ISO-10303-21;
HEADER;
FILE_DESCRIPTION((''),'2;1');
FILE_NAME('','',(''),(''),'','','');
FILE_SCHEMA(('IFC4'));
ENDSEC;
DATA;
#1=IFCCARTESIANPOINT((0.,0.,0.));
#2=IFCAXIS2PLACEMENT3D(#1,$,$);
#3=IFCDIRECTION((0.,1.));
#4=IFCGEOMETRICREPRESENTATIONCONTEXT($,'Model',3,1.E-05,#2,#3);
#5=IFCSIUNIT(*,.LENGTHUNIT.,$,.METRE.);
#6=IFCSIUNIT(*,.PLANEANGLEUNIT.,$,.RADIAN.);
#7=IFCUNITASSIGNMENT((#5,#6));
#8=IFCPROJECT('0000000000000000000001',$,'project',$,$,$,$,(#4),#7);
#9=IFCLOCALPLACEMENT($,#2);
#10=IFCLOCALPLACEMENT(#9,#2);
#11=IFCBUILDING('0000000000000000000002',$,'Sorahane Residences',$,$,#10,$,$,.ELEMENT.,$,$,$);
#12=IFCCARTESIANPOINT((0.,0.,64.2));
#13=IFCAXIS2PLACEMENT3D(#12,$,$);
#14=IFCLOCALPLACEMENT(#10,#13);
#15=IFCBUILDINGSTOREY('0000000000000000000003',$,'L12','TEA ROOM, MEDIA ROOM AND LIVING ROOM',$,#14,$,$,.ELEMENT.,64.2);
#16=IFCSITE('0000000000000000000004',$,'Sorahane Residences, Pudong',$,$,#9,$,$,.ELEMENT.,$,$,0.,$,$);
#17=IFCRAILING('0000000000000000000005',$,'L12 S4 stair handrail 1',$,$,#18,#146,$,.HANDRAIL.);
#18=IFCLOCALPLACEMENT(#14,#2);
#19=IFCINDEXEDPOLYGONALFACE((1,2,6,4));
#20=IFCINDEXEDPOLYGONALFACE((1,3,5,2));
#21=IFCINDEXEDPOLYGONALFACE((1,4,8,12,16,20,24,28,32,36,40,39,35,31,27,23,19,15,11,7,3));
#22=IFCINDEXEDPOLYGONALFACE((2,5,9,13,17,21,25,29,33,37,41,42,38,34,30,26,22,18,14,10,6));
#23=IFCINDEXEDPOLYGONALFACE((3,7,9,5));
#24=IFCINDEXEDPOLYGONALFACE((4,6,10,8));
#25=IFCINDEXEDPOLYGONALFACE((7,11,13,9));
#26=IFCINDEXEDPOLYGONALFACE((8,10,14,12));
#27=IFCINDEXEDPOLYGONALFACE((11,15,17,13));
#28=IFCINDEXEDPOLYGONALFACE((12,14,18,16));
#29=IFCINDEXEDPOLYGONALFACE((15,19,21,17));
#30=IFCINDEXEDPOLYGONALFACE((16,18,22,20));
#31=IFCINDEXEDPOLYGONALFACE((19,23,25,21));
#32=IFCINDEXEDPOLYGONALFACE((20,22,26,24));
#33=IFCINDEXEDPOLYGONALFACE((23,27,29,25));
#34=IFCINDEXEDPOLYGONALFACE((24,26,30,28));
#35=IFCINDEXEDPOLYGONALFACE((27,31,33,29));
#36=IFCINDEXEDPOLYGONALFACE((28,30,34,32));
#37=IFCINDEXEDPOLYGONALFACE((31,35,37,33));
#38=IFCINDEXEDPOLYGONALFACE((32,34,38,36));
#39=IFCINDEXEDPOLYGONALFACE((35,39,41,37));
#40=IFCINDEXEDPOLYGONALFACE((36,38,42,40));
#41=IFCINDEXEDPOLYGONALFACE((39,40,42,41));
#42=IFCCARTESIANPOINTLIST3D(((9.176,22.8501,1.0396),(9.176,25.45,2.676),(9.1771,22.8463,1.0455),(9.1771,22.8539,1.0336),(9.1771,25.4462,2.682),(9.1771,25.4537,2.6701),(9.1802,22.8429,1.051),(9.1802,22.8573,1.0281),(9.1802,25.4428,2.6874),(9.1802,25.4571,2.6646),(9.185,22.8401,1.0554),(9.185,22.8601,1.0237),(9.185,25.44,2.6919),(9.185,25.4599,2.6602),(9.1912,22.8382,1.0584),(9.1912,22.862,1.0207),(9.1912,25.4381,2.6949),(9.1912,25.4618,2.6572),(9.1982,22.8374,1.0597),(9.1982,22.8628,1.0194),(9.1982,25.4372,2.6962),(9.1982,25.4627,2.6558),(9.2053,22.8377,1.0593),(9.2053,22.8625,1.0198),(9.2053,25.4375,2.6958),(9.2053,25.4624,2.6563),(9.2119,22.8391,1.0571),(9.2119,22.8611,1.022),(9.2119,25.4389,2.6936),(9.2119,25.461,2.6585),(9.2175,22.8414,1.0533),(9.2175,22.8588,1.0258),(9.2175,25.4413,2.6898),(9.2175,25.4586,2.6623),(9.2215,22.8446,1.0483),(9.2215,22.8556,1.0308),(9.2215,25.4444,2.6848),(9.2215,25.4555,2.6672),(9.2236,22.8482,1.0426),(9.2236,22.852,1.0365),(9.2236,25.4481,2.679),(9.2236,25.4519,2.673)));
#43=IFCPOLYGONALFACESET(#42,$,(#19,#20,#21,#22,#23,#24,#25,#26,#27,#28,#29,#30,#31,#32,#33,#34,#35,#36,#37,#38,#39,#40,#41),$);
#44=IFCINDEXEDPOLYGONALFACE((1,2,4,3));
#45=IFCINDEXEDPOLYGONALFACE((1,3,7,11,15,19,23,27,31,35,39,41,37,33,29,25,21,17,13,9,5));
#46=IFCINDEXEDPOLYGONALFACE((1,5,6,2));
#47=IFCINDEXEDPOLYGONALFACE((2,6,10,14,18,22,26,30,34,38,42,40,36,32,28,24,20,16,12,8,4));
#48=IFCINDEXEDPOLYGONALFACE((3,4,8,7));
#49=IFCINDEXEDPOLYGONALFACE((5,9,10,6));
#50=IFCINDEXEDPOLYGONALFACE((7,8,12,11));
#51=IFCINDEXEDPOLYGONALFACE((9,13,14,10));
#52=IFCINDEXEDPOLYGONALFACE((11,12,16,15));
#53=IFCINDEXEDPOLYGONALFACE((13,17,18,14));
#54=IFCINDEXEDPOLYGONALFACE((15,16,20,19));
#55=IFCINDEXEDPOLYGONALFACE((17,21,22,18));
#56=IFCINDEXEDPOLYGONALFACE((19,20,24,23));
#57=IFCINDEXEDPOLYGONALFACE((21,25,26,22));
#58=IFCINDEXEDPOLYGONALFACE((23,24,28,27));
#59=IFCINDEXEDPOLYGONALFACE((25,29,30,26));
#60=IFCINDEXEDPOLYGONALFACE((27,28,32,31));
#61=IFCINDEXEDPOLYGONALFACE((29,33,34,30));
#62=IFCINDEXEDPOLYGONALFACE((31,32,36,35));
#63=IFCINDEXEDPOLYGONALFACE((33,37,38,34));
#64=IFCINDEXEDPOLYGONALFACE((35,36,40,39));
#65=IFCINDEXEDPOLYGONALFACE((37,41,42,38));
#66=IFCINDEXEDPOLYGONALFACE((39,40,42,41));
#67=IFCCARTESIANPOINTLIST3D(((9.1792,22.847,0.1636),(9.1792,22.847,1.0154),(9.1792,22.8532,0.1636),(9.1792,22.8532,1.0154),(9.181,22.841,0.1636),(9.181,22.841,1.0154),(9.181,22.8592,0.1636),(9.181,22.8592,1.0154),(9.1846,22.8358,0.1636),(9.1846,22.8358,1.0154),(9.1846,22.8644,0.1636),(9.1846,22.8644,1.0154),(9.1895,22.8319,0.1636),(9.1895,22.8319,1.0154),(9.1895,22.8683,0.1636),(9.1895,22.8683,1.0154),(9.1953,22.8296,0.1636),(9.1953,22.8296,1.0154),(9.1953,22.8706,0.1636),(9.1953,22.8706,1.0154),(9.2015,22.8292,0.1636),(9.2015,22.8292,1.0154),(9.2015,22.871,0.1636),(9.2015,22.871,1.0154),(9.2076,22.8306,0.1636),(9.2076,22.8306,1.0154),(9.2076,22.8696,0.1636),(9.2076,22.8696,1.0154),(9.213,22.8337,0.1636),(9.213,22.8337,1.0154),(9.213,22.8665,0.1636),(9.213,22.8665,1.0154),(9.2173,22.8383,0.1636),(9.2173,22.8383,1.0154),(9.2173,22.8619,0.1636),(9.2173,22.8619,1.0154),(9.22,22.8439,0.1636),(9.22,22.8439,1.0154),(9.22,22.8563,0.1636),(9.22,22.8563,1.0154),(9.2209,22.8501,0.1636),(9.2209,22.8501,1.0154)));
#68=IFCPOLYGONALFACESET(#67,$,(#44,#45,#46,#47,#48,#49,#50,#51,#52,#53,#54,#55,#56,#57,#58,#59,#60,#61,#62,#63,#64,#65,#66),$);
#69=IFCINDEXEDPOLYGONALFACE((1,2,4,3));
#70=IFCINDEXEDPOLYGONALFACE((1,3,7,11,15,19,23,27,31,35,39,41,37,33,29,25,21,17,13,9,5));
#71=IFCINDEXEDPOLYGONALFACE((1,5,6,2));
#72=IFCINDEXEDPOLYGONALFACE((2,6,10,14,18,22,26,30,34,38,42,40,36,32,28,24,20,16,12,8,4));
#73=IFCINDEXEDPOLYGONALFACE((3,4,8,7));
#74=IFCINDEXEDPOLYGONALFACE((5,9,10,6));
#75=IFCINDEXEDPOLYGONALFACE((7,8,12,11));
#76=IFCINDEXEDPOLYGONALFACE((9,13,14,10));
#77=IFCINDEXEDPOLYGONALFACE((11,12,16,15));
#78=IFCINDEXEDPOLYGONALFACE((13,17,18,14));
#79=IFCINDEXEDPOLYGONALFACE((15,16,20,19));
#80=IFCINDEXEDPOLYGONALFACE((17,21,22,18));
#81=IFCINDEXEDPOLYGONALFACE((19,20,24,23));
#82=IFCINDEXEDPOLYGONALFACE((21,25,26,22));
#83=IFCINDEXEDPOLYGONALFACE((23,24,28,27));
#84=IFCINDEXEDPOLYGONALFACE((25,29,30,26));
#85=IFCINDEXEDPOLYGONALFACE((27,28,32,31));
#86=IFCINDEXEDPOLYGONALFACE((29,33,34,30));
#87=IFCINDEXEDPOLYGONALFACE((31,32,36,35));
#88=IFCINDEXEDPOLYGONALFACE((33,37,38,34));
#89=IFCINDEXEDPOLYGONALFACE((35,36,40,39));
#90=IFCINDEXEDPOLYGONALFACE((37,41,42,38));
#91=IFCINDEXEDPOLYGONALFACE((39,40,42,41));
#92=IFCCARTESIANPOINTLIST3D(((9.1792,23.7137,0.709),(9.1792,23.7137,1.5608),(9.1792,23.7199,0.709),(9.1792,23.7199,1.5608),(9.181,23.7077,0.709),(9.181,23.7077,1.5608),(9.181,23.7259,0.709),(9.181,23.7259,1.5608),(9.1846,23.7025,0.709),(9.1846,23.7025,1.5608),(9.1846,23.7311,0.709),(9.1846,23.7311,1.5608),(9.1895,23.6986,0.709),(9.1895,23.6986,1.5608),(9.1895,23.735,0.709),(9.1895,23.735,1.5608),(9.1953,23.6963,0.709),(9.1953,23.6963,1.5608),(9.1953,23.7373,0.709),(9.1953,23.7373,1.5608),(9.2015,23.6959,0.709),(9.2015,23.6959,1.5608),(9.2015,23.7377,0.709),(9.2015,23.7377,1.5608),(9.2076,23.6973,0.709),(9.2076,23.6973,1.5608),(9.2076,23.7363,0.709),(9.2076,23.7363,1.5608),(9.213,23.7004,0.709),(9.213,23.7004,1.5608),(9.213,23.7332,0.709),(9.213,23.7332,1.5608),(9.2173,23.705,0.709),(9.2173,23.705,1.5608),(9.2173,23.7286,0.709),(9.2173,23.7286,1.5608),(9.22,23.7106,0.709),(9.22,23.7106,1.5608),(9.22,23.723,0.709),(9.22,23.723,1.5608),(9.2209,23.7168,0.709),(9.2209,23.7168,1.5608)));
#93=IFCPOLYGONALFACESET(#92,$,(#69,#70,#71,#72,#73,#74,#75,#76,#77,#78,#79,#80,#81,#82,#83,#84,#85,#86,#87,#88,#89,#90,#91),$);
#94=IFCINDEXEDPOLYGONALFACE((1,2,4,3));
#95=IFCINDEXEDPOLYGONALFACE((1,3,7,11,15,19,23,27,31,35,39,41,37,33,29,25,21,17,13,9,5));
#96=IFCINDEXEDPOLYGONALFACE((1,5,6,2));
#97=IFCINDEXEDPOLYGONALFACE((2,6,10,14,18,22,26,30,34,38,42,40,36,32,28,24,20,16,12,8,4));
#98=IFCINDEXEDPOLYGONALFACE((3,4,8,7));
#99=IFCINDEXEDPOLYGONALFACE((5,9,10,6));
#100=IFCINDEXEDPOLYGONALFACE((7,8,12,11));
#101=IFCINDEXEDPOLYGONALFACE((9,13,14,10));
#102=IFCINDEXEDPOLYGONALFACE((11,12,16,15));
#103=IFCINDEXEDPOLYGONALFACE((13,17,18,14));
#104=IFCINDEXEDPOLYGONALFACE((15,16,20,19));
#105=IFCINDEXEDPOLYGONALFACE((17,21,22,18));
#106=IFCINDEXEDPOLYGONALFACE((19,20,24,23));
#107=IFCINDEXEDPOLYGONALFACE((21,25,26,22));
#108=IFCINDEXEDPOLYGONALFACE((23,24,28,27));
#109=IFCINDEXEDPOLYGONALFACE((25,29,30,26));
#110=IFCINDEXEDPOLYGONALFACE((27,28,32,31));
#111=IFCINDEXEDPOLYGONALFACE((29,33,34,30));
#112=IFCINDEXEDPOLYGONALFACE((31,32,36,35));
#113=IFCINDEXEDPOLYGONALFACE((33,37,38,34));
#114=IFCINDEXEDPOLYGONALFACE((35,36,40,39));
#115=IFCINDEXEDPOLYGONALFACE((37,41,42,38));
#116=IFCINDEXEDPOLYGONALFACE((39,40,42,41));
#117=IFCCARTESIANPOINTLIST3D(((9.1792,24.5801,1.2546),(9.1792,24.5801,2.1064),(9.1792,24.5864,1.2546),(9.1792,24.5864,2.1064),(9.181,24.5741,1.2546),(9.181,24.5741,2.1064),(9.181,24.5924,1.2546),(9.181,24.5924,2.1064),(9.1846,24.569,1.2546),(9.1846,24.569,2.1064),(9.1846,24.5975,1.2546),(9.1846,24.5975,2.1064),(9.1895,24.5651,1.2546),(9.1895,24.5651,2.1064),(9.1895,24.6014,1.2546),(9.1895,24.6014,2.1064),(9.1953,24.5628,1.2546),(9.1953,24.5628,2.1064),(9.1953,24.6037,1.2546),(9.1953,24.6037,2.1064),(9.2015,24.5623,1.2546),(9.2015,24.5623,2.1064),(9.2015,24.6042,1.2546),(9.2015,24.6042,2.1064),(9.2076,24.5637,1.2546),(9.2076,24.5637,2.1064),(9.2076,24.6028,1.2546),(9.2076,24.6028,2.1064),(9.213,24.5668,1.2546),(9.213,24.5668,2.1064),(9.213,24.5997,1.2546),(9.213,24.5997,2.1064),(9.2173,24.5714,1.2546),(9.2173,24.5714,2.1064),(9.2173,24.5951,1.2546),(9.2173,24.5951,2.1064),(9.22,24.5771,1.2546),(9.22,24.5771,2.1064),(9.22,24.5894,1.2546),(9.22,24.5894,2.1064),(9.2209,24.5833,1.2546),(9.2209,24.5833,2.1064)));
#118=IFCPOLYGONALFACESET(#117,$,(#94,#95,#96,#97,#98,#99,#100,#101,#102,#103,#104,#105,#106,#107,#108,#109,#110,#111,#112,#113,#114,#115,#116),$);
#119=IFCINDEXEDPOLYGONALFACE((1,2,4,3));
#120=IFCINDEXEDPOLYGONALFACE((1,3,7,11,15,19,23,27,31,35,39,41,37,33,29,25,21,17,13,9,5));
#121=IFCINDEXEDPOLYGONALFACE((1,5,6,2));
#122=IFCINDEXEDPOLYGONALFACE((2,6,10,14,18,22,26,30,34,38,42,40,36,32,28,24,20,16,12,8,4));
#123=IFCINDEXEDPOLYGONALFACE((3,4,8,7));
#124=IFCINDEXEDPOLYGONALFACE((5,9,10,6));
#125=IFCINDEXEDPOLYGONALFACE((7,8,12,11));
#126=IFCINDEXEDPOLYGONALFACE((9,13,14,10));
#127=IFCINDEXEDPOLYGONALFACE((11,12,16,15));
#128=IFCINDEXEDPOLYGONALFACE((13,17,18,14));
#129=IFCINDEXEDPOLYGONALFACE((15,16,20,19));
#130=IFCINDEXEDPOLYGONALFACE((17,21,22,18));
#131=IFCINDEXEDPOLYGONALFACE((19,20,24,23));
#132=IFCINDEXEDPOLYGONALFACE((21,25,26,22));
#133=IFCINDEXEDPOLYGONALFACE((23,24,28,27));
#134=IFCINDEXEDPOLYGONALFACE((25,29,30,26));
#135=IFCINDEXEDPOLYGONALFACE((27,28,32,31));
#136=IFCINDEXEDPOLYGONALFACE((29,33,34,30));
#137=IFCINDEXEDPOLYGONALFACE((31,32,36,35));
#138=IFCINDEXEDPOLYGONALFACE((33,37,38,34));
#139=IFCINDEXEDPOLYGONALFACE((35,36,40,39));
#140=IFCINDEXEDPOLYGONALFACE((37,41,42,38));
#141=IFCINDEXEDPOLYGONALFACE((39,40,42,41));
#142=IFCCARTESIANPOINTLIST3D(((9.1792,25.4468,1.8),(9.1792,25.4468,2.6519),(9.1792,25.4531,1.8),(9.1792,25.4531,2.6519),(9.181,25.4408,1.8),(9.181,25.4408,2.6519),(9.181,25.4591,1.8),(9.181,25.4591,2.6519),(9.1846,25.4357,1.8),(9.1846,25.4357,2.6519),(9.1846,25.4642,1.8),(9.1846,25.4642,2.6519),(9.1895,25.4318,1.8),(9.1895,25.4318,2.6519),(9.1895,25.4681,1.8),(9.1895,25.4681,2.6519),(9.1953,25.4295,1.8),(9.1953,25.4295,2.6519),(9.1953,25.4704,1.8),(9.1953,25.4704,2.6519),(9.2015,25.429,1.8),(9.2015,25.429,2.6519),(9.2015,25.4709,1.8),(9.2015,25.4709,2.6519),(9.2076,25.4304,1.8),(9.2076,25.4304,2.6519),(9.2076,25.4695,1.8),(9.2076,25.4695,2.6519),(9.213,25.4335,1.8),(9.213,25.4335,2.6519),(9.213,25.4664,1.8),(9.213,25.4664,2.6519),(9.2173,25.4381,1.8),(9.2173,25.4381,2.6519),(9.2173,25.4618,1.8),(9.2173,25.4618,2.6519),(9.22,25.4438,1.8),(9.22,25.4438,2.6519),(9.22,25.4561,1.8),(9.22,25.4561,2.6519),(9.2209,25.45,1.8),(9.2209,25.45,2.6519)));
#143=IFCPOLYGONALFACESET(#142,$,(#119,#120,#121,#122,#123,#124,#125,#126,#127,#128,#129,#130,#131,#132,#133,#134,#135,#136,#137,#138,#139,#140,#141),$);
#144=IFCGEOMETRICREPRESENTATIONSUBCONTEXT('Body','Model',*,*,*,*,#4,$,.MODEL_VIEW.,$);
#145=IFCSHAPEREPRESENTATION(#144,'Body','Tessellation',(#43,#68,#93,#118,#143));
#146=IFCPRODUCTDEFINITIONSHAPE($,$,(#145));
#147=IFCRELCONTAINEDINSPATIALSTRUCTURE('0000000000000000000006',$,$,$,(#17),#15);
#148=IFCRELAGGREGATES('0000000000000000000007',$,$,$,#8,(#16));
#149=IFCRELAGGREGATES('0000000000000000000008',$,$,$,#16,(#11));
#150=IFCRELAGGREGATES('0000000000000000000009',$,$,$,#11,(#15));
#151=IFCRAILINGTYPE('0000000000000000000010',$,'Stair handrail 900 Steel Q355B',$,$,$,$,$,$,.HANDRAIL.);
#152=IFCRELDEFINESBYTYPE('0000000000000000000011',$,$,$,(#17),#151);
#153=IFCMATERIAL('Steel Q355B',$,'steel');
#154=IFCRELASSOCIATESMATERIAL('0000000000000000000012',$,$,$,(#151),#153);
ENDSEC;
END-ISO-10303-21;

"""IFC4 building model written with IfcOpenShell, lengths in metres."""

from ifc_helpers import new_model, si_unit, direction, frame, origin, origin_2d, place, context, subcontext, project, spatial, circle, extrude, material, type_object, element, save


model = new_model("IFC4")

# Units and contexts
model_context = context("Model", 3, precision=1e-05, world=origin(), true_north=direction((0.0, 1.0)))
body_context = subcontext(model_context, "Body", "Model", "MODEL_VIEW")
ifc_project = project(units=[si_unit("LENGTHUNIT", "METRE"), si_unit("PLANEANGLEUNIT", "RADIAN")], contexts=[model_context])

# Site, building, storey
site_placement = place(None, origin())
site = spatial("IfcSite", under=ifc_project, at=site_placement, Name="Sorahane Residences, Pudong", CompositionType="ELEMENT", RefElevation=0.0)
building_placement = place(site_placement, origin())
building = spatial("IfcBuilding", under=site, at=building_placement, Name="Sorahane Residences", CompositionType="ELEMENT")
storey_placement = place(building_placement, frame((0.0, 0.0, 64.2)))
storey = spatial("IfcBuildingStorey", under=building, at=storey_placement, Name="L12", Description="TEA ROOM, MEDIA ROOM AND LIVING ROOM", CompositionType="ELEMENT", Elevation=64.2)

# Railing
ifc_material_1 = material(Name="Steel Q355B", Category="steel")
railing_type_1 = type_object("IfcRailingType", Name="Stair handrail 900 Steel Q355B", PredefinedType="HANDRAIL", material=ifc_material_1)
railing_1_placement = place(storey_placement, frame((9.2, 22.8501, 0.1636)))
element("IfcRailing", 1, at=railing_1_placement, inside=storey, type_object=railing_type_1, Name="L12 S4 stair handrail 1", PredefinedType="HANDRAIL", context=body_context, shape_type="SweptSolid", body=[
    extrude(circle(Radius=0.0239, at=origin_2d()), frame((0.0, 0.0, 0.876), z_axis=(0.0, 0.846302, 0.532704), x_axis=(-1.0, 0.0, 0.0)), (0.0, 0.0, 1.0), 3.072),
    extrude(circle(Radius=0.021, at=origin_2d()), origin(), (0.0, 0.0, 1.0), 0.8518),
    extrude(circle(Radius=0.021, at=origin_2d()), frame((0.0, 0.8667, 0.5454)), (0.0, 0.0, 1.0), 0.8518),
    extrude(circle(Radius=0.021, at=origin_2d()), frame((0.0, 1.7332, 1.0911)), (0.0, 0.0, 1.0), 0.8518),
    extrude(circle(Radius=0.021, at=origin_2d()), frame((0.0, 2.5999, 1.6365)), (0.0, 0.0, 1.0), 0.8518),
])

save(model, "model.ifc")
